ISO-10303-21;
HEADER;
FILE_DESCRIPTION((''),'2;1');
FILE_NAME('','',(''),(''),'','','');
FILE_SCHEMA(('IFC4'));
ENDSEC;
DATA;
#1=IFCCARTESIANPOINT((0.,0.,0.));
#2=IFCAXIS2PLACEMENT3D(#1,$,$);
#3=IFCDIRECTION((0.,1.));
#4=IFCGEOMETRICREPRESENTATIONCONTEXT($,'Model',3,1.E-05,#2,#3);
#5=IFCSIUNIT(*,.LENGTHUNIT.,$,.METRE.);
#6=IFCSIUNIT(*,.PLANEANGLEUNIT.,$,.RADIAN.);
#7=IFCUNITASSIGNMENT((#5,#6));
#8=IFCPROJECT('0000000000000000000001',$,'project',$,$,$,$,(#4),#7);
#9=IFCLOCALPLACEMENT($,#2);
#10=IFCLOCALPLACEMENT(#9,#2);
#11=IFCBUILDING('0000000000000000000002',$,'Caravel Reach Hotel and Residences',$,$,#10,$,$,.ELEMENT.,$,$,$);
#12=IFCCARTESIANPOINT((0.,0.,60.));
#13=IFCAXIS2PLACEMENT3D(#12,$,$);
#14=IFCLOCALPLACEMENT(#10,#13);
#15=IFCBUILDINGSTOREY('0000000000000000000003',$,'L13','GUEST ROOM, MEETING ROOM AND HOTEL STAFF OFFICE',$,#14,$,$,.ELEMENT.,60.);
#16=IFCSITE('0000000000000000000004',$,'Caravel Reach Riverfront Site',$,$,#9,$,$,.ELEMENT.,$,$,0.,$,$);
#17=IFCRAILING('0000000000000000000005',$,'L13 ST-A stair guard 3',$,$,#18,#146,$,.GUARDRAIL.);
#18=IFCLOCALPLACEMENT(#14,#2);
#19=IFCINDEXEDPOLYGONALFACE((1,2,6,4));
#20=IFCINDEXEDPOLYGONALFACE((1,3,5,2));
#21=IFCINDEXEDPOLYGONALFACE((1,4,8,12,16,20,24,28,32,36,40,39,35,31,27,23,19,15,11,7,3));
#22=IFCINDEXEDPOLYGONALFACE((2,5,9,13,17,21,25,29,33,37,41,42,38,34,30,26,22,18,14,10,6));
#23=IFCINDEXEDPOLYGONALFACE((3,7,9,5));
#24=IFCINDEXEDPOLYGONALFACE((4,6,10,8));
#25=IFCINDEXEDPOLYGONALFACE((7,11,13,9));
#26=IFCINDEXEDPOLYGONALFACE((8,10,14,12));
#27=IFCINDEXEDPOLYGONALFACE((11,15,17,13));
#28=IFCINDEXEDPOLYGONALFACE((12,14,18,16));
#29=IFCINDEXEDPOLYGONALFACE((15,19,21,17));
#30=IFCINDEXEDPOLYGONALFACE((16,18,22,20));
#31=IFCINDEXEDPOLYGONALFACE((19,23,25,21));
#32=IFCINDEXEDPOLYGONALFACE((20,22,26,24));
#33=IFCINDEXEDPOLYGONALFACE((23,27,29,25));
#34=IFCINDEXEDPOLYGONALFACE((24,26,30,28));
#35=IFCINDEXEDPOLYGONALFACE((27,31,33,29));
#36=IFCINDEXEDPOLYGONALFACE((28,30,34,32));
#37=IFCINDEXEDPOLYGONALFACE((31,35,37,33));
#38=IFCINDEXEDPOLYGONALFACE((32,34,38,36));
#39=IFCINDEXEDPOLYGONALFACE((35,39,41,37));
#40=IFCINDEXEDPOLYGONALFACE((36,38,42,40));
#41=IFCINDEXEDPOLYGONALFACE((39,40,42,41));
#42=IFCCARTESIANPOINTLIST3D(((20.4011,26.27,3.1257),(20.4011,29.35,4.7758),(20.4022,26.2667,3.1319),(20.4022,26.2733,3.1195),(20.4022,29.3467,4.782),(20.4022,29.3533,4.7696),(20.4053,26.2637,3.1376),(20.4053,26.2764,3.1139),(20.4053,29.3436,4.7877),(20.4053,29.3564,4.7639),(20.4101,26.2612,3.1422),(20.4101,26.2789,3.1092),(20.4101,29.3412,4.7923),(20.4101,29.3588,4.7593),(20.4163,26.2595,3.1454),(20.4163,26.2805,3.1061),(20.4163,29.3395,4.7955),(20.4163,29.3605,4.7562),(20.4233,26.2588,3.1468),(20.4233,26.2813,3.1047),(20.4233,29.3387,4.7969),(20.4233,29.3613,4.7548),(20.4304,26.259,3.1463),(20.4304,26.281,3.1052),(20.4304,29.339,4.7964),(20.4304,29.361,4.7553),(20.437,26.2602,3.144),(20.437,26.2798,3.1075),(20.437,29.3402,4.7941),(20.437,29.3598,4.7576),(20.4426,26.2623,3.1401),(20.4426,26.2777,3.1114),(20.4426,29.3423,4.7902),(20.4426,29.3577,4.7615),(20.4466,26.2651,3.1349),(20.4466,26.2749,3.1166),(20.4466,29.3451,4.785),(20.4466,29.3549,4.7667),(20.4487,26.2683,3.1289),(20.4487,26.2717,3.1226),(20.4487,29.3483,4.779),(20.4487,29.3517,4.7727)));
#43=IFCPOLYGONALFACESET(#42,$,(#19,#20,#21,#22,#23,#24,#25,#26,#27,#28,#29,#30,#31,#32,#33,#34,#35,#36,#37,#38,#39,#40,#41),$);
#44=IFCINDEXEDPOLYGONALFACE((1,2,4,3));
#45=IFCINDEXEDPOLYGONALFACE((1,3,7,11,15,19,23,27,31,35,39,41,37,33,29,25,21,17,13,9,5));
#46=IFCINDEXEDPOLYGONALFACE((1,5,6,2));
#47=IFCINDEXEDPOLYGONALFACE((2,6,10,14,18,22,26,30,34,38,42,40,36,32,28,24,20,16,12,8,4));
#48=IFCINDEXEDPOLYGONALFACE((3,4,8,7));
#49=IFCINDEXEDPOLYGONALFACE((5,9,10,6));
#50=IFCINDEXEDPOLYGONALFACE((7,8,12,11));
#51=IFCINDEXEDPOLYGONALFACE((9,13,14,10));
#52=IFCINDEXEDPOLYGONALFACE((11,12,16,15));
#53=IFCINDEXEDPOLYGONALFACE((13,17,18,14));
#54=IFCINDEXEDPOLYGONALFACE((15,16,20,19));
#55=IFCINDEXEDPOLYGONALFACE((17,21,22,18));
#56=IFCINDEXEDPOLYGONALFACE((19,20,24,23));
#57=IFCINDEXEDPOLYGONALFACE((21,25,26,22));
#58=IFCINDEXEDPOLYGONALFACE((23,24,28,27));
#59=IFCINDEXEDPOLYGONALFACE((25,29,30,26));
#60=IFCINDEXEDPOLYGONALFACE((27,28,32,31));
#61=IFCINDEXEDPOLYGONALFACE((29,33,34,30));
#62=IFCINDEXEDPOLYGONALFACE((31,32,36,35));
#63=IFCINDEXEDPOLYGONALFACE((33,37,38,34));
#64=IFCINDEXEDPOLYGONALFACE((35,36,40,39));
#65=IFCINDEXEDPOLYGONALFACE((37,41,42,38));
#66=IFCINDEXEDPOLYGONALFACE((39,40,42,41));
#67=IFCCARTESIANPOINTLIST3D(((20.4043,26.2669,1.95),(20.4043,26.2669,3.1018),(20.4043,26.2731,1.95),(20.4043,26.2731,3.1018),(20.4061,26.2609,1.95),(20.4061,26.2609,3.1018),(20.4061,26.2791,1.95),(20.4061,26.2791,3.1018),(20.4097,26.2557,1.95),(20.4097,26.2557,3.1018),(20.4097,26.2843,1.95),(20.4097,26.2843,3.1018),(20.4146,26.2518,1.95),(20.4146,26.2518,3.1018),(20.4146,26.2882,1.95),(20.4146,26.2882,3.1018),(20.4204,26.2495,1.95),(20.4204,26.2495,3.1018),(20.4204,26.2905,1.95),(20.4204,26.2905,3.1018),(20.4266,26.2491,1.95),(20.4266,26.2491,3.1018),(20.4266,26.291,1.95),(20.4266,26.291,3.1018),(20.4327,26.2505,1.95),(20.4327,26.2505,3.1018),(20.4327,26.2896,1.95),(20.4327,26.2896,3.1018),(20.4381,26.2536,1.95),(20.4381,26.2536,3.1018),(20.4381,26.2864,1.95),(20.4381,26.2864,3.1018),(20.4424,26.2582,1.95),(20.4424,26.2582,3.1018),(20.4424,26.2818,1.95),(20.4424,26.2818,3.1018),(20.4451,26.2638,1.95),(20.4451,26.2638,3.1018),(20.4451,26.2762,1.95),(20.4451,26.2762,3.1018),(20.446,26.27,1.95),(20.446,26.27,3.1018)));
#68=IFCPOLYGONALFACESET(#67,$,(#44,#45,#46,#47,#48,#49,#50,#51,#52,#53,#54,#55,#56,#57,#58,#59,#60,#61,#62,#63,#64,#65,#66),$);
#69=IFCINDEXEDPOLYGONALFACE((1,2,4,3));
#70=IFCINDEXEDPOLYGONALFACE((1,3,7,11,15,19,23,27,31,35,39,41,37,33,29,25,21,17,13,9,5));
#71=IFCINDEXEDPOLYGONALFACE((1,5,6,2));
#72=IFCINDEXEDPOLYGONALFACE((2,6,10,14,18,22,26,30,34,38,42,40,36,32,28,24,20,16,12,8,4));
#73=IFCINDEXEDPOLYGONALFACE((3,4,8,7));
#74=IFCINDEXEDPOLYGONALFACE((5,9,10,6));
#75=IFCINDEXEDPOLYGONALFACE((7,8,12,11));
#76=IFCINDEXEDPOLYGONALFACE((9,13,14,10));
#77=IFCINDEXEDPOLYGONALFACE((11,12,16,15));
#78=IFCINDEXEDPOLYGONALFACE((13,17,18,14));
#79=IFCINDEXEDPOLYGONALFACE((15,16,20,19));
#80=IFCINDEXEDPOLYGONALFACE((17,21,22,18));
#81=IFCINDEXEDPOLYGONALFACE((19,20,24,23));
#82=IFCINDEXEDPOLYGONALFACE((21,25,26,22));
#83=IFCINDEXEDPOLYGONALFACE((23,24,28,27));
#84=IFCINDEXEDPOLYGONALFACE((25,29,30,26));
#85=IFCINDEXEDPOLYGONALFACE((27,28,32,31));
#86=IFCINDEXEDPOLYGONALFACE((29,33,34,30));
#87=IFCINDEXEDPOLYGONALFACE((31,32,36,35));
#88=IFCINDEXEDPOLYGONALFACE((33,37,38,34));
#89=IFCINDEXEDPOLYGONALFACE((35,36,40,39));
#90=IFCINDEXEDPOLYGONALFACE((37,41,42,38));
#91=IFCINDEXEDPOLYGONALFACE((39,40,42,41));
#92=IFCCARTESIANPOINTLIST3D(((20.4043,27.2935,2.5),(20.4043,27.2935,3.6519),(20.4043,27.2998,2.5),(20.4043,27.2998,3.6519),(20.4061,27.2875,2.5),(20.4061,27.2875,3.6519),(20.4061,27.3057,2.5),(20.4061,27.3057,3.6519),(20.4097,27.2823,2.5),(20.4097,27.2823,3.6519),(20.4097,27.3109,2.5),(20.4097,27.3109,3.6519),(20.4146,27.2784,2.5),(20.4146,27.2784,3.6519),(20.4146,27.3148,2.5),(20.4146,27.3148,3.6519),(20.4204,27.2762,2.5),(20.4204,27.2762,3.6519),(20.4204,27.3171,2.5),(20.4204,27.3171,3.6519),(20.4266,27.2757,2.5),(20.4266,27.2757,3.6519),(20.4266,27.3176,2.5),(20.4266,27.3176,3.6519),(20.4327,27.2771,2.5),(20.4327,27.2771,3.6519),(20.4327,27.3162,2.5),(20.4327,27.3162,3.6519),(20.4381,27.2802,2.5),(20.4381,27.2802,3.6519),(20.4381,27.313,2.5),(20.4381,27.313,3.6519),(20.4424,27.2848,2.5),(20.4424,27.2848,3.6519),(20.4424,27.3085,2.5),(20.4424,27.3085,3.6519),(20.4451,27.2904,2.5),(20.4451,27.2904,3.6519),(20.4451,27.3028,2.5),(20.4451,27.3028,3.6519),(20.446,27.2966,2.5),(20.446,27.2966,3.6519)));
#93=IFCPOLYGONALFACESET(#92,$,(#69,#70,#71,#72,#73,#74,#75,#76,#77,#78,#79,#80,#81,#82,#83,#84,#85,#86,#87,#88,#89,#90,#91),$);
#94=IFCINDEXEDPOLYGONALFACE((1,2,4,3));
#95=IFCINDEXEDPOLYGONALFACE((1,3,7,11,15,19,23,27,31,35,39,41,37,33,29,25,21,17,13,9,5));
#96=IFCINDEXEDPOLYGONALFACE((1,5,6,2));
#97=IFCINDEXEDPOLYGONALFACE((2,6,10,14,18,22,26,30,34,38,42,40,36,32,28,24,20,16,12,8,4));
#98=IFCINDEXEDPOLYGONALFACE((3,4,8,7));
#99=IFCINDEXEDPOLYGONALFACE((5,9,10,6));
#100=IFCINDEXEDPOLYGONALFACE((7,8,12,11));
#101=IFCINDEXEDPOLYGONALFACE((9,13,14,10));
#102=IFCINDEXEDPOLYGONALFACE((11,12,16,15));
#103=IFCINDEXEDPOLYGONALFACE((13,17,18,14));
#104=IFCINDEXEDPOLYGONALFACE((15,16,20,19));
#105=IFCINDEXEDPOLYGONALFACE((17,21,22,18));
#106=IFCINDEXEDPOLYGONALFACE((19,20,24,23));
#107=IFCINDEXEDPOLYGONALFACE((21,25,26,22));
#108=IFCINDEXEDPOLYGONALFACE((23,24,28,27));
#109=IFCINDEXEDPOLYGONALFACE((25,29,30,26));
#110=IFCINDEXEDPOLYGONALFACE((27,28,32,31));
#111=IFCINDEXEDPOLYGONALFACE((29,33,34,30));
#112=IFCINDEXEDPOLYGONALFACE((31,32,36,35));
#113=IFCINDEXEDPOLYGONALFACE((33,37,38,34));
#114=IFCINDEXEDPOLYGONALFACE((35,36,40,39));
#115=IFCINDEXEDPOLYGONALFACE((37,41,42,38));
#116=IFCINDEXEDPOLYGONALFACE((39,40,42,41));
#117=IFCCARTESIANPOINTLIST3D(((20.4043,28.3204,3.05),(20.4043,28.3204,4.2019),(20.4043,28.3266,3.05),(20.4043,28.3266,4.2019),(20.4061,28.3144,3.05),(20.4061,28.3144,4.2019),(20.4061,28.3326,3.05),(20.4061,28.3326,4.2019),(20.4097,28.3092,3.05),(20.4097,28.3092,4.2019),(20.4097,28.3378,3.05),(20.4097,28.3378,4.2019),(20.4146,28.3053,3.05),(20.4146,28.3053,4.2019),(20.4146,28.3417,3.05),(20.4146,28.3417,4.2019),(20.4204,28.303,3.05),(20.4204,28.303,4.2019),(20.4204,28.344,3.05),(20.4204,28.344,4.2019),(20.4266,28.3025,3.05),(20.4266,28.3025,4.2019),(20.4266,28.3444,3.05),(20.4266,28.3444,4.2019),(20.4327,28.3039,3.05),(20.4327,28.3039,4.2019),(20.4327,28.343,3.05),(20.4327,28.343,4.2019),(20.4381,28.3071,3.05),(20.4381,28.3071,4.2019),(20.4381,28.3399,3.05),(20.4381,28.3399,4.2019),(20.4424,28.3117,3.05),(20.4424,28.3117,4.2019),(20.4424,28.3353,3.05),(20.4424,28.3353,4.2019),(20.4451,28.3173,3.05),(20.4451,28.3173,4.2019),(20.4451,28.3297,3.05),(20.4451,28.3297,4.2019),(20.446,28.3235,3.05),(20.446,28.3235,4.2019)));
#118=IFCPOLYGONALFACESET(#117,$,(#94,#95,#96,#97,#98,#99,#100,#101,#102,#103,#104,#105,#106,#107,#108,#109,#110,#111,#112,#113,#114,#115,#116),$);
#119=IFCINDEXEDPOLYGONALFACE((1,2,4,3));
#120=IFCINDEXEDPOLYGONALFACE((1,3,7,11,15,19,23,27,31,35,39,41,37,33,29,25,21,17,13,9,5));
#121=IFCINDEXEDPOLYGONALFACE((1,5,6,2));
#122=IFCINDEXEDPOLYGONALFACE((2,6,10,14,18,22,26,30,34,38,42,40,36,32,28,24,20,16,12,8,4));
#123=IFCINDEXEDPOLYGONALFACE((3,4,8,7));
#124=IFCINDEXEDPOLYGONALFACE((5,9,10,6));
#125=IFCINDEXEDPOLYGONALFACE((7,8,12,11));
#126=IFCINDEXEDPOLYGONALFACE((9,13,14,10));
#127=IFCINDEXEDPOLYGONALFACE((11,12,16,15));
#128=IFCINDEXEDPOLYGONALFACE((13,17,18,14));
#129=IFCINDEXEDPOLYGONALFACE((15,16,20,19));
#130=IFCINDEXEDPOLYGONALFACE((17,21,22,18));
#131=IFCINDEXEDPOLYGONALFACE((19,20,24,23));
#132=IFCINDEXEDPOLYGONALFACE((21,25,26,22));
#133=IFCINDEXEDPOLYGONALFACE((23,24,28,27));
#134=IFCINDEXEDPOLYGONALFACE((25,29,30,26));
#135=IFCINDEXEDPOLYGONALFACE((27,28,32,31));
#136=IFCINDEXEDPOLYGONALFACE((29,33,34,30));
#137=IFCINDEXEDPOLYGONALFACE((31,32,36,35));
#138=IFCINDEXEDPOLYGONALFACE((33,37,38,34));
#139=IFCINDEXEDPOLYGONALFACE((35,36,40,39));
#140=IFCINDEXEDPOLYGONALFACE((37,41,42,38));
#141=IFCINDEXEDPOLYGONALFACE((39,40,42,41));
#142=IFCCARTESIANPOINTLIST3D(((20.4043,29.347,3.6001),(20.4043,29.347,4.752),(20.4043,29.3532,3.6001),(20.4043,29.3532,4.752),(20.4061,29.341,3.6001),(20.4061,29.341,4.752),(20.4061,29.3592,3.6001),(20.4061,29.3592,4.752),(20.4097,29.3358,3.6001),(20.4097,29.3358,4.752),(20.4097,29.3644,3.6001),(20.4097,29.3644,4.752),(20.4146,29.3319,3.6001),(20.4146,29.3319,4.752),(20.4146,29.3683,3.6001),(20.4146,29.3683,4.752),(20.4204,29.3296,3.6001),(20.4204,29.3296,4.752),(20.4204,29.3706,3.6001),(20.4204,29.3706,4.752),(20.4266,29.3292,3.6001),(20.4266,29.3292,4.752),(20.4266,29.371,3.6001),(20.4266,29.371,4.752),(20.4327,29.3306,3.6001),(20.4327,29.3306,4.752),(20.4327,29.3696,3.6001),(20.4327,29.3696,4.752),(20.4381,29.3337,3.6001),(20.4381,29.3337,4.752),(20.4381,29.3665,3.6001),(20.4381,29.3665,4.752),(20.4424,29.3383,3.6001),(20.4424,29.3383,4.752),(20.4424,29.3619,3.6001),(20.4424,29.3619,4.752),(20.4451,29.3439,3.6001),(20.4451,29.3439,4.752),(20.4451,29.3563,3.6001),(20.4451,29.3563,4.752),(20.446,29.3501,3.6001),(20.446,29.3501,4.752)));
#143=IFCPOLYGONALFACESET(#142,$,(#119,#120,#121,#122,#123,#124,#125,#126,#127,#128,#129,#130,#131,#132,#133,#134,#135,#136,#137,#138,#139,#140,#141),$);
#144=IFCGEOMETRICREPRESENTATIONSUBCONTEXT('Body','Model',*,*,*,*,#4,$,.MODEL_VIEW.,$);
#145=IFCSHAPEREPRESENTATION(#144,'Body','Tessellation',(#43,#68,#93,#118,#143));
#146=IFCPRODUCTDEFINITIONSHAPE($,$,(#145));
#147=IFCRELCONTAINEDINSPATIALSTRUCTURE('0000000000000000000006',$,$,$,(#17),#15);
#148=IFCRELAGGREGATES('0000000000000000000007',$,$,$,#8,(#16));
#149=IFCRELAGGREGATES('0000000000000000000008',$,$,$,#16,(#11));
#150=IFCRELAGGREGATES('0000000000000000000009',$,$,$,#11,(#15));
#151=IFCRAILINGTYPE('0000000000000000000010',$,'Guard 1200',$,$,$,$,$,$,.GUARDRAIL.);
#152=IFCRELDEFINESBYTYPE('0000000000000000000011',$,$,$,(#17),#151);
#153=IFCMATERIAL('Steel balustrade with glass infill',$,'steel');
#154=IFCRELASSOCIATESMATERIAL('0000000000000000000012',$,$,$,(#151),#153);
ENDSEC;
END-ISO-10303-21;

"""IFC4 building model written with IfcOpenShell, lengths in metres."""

from ifc_helpers import new_model, si_unit, direction, frame, origin, origin_2d, place, context, subcontext, project, spatial, circle, extrude, material, type_object, element, save


model = new_model("IFC4")

# Units and contexts
model_context = context("Model", 3, precision=1e-05, world=origin(), true_north=direction((0.0, 1.0)))
body_context = subcontext(model_context, "Body", "Model", "MODEL_VIEW")
ifc_project = project(units=[si_unit("LENGTHUNIT", "METRE"), si_unit("PLANEANGLEUNIT", "RADIAN")], contexts=[model_context])

# Site, building, storey
site_placement = place(None, origin())
site = spatial("IfcSite", under=ifc_project, at=site_placement, Name="Caravel Reach Riverfront Site", CompositionType="ELEMENT", RefElevation=0.0)
building_placement = place(site_placement, origin())
building = spatial("IfcBuilding", under=site, at=building_placement, Name="Caravel Reach Hotel and Residences", CompositionType="ELEMENT")
storey_placement = place(building_placement, frame((0.0, 0.0, 60.0)))
storey = spatial("IfcBuildingStorey", under=building, at=storey_placement, Name="L13", Description="GUEST ROOM, MEETING ROOM AND HOTEL STAFF OFFICE", CompositionType="ELEMENT", Elevation=60.0)

# Railing
ifc_material_1 = material(Name="Steel balustrade with glass infill", Category="steel")
railing_type_1 = type_object("IfcRailingType", Name="Guard 1200", PredefinedType="GUARDRAIL", material=ifc_material_1)
railing_1_placement = place(storey_placement, frame((20.425, 26.27, 1.95)))
element("IfcRailing", 1, at=railing_1_placement, inside=storey, type_object=railing_type_1, Name="L13 ST-A stair guard 3", PredefinedType="GUARDRAIL", context=body_context, shape_type="SweptSolid", body=[
    extrude(circle(Radius=0.0239, at=origin_2d()), frame((0.0, 0.0, 1.1758), z_axis=(0.0, 0.881468, 0.472245), x_axis=(-1.0, 0.0, 0.0)), (0.0, 0.0, 1.0), 3.4941),
    extrude(circle(Radius=0.021, at=origin_2d()), origin(), (0.0, 0.0, 1.0), 1.1519),
    extrude(circle(Radius=0.021, at=origin_2d()), frame((0.0, 1.0266, 0.55)), (0.0, 0.0, 1.0), 1.1519),
    extrude(circle(Radius=0.021, at=origin_2d()), frame((0.0, 2.0535, 1.1001)), (0.0, 0.0, 1.0), 1.1519),
    extrude(circle(Radius=0.021, at=origin_2d()), frame((0.0, 3.0801, 1.6501)), (0.0, 0.0, 1.0), 1.1519),
])

save(model, "model.ifc")
